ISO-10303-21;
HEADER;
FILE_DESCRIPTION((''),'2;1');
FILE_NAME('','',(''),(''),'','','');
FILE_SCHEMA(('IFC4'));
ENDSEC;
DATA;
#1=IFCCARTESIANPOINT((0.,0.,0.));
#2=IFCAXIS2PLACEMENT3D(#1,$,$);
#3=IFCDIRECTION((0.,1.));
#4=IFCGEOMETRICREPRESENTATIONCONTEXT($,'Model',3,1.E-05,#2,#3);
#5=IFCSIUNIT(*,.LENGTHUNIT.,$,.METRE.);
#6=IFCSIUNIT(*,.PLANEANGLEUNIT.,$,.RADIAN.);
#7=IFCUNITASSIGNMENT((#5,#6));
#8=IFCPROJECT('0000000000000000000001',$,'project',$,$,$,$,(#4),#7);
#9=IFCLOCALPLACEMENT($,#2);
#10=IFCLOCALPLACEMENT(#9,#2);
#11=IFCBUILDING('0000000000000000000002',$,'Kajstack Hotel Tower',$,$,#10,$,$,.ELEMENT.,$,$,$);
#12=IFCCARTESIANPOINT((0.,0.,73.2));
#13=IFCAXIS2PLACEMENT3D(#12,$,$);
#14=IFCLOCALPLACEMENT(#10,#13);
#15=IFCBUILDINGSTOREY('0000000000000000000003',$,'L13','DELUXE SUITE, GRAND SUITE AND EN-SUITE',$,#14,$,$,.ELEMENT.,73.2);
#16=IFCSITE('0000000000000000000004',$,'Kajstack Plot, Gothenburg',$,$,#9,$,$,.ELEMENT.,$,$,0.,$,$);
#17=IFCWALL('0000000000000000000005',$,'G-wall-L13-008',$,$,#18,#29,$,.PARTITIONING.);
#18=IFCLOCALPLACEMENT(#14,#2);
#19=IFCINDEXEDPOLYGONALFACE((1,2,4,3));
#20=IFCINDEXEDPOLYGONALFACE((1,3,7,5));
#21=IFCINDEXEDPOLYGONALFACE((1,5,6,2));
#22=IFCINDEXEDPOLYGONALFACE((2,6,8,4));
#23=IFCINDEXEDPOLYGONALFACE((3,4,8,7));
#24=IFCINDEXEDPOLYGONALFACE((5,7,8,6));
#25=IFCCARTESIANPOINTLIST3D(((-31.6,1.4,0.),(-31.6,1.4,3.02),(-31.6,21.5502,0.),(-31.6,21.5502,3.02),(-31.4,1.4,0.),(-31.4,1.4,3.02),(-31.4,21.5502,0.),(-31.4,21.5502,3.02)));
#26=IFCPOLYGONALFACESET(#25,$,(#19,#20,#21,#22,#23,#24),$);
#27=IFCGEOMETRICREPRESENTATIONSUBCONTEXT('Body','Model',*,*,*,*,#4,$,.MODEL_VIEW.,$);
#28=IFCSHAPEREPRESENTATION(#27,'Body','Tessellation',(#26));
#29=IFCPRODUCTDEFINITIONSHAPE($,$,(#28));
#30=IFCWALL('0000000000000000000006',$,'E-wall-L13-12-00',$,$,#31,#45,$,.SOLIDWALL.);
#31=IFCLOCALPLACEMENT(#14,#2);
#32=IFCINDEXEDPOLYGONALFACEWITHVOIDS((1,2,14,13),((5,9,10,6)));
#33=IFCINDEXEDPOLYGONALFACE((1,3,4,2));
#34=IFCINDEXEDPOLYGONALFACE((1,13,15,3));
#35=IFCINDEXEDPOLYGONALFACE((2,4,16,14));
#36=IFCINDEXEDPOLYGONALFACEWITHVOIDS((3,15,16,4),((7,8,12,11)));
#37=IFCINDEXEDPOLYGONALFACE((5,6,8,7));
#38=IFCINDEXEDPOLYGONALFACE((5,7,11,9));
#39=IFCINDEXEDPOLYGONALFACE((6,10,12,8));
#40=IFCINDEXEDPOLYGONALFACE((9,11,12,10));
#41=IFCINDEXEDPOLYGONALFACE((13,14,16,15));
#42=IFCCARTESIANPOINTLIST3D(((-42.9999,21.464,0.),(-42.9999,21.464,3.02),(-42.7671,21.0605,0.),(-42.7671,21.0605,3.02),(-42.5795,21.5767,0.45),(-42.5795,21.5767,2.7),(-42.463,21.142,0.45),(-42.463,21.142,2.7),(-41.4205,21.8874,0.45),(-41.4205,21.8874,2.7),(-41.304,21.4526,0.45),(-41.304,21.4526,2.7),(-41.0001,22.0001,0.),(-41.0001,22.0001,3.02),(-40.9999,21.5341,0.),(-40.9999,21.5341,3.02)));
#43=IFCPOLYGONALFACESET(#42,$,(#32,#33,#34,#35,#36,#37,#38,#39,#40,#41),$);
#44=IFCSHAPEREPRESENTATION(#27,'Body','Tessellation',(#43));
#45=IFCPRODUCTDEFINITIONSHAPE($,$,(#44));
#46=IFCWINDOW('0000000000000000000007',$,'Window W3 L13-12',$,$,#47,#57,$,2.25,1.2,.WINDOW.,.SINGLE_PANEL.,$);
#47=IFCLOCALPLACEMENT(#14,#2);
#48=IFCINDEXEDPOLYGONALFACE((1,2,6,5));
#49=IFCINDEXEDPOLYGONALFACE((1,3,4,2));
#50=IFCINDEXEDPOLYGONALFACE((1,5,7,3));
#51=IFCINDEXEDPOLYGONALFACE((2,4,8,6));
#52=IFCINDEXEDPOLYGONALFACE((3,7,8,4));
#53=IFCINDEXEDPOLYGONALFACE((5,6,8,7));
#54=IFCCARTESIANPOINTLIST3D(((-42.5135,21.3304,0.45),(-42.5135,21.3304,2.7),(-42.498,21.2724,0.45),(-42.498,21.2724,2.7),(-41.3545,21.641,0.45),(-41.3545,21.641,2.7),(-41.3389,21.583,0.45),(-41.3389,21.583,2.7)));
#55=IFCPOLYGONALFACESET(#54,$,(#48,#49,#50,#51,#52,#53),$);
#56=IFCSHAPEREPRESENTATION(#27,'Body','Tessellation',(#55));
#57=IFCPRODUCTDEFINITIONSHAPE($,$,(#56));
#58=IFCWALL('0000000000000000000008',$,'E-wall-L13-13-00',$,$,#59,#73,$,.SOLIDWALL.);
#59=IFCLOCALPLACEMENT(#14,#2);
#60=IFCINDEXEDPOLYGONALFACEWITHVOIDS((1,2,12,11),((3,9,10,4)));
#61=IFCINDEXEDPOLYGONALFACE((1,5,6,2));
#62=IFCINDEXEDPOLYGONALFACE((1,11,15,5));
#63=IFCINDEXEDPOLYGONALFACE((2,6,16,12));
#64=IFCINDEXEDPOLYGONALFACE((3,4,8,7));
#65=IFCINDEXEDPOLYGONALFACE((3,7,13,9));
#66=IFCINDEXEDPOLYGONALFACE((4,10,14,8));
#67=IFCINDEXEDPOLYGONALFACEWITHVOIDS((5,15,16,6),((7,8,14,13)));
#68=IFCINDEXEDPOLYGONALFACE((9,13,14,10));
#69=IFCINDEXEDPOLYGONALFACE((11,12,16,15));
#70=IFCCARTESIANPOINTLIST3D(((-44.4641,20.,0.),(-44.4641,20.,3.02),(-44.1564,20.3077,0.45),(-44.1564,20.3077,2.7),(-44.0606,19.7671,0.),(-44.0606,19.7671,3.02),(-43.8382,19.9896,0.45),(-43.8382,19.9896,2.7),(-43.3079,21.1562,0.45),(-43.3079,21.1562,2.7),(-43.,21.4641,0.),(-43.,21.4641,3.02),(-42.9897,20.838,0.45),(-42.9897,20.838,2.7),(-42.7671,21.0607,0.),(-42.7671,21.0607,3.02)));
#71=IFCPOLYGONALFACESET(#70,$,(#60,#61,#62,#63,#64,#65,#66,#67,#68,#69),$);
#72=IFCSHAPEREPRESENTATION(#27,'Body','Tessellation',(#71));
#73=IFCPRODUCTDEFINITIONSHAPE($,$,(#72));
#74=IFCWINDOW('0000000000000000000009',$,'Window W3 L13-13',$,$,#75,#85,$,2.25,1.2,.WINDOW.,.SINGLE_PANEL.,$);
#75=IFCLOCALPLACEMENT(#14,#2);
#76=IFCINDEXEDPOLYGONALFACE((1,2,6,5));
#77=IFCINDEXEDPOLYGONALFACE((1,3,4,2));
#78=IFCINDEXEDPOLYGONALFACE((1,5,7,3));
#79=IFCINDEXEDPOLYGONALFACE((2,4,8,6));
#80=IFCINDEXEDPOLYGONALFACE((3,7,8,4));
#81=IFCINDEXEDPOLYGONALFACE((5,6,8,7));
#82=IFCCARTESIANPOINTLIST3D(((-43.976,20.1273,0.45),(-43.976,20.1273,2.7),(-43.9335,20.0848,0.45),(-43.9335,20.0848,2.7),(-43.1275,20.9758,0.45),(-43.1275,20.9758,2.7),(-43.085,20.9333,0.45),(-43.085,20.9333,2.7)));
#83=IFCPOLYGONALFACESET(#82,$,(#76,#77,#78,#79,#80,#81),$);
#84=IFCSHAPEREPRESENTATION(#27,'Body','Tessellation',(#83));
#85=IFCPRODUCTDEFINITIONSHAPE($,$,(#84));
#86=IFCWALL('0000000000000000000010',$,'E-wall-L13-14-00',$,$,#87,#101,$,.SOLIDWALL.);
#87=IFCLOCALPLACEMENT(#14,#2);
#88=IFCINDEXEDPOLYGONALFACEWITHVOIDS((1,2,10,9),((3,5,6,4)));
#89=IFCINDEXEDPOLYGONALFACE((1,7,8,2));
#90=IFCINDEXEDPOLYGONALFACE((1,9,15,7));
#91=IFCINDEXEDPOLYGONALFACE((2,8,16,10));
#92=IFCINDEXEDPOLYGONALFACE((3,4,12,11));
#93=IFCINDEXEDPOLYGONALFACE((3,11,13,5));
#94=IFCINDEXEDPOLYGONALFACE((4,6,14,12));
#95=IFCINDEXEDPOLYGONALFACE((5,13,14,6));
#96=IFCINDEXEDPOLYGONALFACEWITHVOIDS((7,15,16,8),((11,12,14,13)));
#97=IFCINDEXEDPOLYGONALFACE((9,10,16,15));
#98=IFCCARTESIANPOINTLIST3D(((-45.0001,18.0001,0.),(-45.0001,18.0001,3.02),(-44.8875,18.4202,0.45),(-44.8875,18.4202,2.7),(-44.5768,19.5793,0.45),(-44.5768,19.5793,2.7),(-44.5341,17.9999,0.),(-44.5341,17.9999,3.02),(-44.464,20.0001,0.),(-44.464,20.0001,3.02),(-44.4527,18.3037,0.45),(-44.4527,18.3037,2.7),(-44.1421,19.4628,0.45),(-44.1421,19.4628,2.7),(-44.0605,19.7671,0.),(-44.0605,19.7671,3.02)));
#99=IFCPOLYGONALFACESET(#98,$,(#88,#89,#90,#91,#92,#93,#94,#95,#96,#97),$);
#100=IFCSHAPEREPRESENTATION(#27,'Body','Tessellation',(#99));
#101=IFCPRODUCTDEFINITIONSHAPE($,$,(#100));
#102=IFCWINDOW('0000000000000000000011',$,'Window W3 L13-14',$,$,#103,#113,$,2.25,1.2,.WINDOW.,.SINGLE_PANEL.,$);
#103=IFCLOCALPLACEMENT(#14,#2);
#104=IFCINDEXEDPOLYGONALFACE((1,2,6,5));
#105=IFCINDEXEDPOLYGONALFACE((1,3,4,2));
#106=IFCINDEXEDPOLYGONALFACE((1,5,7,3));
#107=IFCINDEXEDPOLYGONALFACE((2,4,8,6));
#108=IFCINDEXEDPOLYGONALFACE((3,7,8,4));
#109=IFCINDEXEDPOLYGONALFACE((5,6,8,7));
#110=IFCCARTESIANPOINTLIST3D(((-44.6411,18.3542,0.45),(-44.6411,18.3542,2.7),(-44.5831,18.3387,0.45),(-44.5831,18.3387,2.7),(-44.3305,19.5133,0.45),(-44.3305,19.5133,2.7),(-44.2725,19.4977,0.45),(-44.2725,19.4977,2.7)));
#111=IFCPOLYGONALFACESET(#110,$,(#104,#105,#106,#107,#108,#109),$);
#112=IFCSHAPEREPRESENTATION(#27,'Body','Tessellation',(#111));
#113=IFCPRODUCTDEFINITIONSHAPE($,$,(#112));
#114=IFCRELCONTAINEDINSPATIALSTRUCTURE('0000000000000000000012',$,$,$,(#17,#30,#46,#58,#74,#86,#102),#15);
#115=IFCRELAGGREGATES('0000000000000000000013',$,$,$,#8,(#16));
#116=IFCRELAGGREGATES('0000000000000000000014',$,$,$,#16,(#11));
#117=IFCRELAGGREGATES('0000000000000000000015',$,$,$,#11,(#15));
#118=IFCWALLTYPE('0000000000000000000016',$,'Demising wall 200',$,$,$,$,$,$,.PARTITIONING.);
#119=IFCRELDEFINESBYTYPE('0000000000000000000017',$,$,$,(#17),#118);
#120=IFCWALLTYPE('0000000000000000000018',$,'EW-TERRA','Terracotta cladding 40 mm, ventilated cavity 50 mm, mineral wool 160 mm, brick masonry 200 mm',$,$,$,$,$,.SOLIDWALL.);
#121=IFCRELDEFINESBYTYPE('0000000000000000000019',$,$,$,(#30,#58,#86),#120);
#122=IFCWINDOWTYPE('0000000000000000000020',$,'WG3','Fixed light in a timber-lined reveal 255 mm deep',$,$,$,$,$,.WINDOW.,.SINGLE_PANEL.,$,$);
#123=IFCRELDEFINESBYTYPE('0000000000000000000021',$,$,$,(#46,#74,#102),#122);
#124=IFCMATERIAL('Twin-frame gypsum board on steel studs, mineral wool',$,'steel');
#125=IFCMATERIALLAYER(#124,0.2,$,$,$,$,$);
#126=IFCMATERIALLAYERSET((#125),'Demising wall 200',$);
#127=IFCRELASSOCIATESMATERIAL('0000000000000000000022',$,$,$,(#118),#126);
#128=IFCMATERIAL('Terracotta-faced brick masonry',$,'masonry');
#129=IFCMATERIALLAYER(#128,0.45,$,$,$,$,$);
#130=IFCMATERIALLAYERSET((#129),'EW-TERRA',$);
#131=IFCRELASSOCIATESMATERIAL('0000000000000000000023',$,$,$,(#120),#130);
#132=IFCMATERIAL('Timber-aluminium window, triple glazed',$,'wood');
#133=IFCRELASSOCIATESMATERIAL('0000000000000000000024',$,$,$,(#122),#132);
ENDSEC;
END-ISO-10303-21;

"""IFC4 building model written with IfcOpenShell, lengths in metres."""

from ifc_helpers import new_model, si_unit, direction, frame, frame_2d, origin, place, context, subcontext, project, spatial, polyline, rectangle, outline, extrude, material, layer, layer_set, type_object, element, fill, save


model = new_model("IFC4")

# Units and contexts
model_context = context("Model", 3, precision=1e-05, world=origin(), true_north=direction((0.0, 1.0)))
body_context = subcontext(model_context, "Body", "Model", "MODEL_VIEW")
ifc_project = project(units=[si_unit("LENGTHUNIT", "METRE"), si_unit("PLANEANGLEUNIT", "RADIAN")], contexts=[model_context])

# Site, building, storey
site_placement = place(None, origin())
site = spatial("IfcSite", under=ifc_project, at=site_placement, Name="Kajstack Plot, Gothenburg", CompositionType="ELEMENT", RefElevation=0.0)
building_placement = place(site_placement, origin())
building = spatial("IfcBuilding", under=site, at=building_placement, Name="Kajstack Hotel Tower", CompositionType="ELEMENT")
storey_placement = place(building_placement, frame((0.0, 0.0, 73.2)))
storey = spatial("IfcBuildingStorey", under=building, at=storey_placement, Name="L13", Description="DELUXE SUITE, GRAND SUITE AND EN-SUITE", CompositionType="ELEMENT", Elevation=73.2)

# Wall
ifc_material_1 = material(Name="Twin-frame gypsum board on steel studs, mineral wool", Category="steel")
ifc_layer_1 = layer(ifc_material_1, 0.2)
ifc_layer_set_1 = layer_set([ifc_layer_1], Name="Demising wall 200")
wall_type_1 = type_object("IfcWallType", Name="Demising wall 200", PredefinedType="PARTITIONING", material=ifc_layer_set_1)
wall_1_placement = place(storey_placement, frame((-31.5, 1.3999, 0.0), z_axis=(0.0, 0.0, 1.0), x_axis=(0.0, 1.0, 0.0)))
element("IfcWall", 1, at=wall_1_placement, inside=storey, type_object=wall_type_1, Name="G-wall-L13-008", PredefinedType="PARTITIONING", context=body_context, shape_type="SweptSolid", body=[
    extrude(rectangle(XDim=20.1501, YDim=0.2, at=frame_2d((10.0752, 0.0))), origin(), (0.0, 0.0, 1.0), 3.02),
])

# Walls, openings, windows
ifc_material_2 = material(Name="Terracotta-faced brick masonry", Category="masonry")
ifc_layer_2 = layer(ifc_material_2, 0.45)
ifc_layer_set_2 = layer_set([ifc_layer_2], Name="EW-TERRA")
wall_type_2 = type_object("IfcWallType", Name="EW-TERRA", Description="Terracotta cladding 40 mm, ventilated cavity 50 mm, mineral wool 160 mm, brick masonry 200 mm", PredefinedType="SOLIDWALL", material=ifc_layer_set_2)
wall_2_placement = place(storey_placement, frame((-40.9417, 21.7827, 0.0), z_axis=(0.0, 0.0, 1.0), x_axis=(-0.965927, -0.258815, 0.0)))
wall_2 = element("IfcWall", 2, at=wall_2_placement, inside=storey, type_object=wall_type_2, Name="E-wall-L13-12-00", PredefinedType="SOLIDWALL", context=body_context, shape_type="SweptSolid", body=[
    extrude(outline(polyline([(0.0002, -0.2251), (2.0706, -0.2249), (1.9502, 0.2251), (0.1206, 0.2251), (0.0002, -0.2251)])), origin(), (0.0, 0.0, 1.0), 3.02),
])
opening_1_placement = place(wall_2_placement, frame((0.4353, 0.0, 0.45)))
opening_1 = element("IfcOpeningElement", 3, at=opening_1_placement, cuts=wall_2, PredefinedType="OPENING", context=body_context, shape_type="SweptSolid", body=[
    extrude(rectangle(XDim=1.2, YDim=2.25, at=frame_2d((0.6001, 1.125))), frame((0.0, 0.2349, 0.0), z_axis=(0.0, -1.0, 0.0), x_axis=(1.0, 0.0, 0.0)), (0.0, 0.0, 1.0), 0.47),
])
ifc_material_3 = material(Name="Timber-aluminium window, triple glazed", Category="wood")
window_type_1 = type_object("IfcWindowType", Name="WG3", Description="Fixed light in a timber-lined reveal 255 mm deep", PartitioningType="SINGLE_PANEL", PredefinedType="WINDOW", material=ifc_material_3)
window_1_placement = place(opening_1_placement, origin())
window_1 = element("IfcWindow", 4, at=window_1_placement, inside=storey, type_object=window_type_1, Name="Window W3 L13-12", OverallHeight=2.25, OverallWidth=1.2, PartitioningType="SINGLE_PANEL", PredefinedType="WINDOW", context=body_context, shape_type="SweptSolid", body=[
    extrude(rectangle(XDim=1.2, YDim=2.25, at=frame_2d((0.6001, 1.125))), frame((0.0, 0.0901, 0.0), z_axis=(0.0, -1.0, 0.0), x_axis=(1.0, 0.0, 0.0)), (0.0, 0.0, 1.0), 0.0601),
])
fill(opening_1, window_1)
wall_3_placement = place(storey_placement, frame((-42.8408, 21.3049, 0.0), z_axis=(0.0, 0.0, 1.0), x_axis=(-0.707107, -0.707107, 0.0)))
wall_3 = element("IfcWall", 5, at=wall_3_placement, inside=storey, type_object=wall_type_2, Name="E-wall-L13-13-00", PredefinedType="SOLIDWALL", context=body_context, shape_type="SweptSolid", body=[
    extrude(outline(polyline([(0.0, -0.2251), (2.0706, -0.2251), (1.95, 0.2249), (0.1206, 0.2249), (0.0, -0.2251)])), origin(), (0.0, 0.0, 1.0), 3.02),
])
opening_2_placement = place(wall_3_placement, frame((0.4353, 0.0, 0.45)))
opening_2 = element("IfcOpeningElement", 6, at=opening_2_placement, cuts=wall_3, PredefinedType="OPENING", context=body_context, shape_type="SweptSolid", body=[
    extrude(rectangle(XDim=1.2, YDim=2.25, at=frame_2d((0.6001, 1.125))), frame((0.0, 0.2349, 0.0), z_axis=(0.0, -1.0, 0.0), x_axis=(1.0, 0.0, 0.0)), (0.0, 0.0, 1.0), 0.47),
])
window_2_placement = place(opening_2_placement, origin())
window_2 = element("IfcWindow", 7, at=window_2_placement, inside=storey, type_object=window_type_1, Name="Window W3 L13-13", OverallHeight=2.25, OverallWidth=1.2, PartitioningType="SINGLE_PANEL", PredefinedType="WINDOW", context=body_context, shape_type="SweptSolid", body=[
    extrude(rectangle(XDim=1.2, YDim=2.25, at=frame_2d((0.6001, 1.125))), frame((0.0, 0.0901, 0.0), z_axis=(0.0, -1.0, 0.0), x_axis=(1.0, 0.0, 0.0)), (0.0, 0.0, 1.0), 0.0601),
])
fill(opening_2, window_2)
wall_4_placement = place(storey_placement, frame((-44.2468, 19.9417, 0.0), z_axis=(0.0, 0.0, 1.0), x_axis=(-0.258815, -0.965927, 0.0)))
wall_4 = element("IfcWall", 8, at=wall_4_placement, inside=storey, type_object=wall_type_2, Name="E-wall-L13-14-00", PredefinedType="SOLIDWALL", context=body_context, shape_type="SweptSolid", body=[
    extrude(outline(polyline([(-0.0002, -0.2249), (2.0703, -0.2251), (1.95, 0.2251), (0.1204, 0.2251), (-0.0002, -0.2249)])), origin(), (0.0, 0.0, 1.0), 3.02),
])
opening_3_placement = place(wall_4_placement, frame((0.4353, 0.0, 0.45)))
opening_3 = element("IfcOpeningElement", 9, at=opening_3_placement, cuts=wall_4, PredefinedType="OPENING", context=body_context, shape_type="SweptSolid", body=[
    extrude(rectangle(XDim=1.2, YDim=2.25, at=frame_2d((0.6001, 1.125))), frame((0.0, 0.2349, 0.0), z_axis=(0.0, -1.0, 0.0), x_axis=(1.0, 0.0, 0.0)), (0.0, 0.0, 1.0), 0.47),
])
window_3_placement = place(opening_3_placement, origin())
window_3 = element("IfcWindow", 10, at=window_3_placement, inside=storey, type_object=window_type_1, Name="Window W3 L13-14", OverallHeight=2.25, OverallWidth=1.2, PartitioningType="SINGLE_PANEL", PredefinedType="WINDOW", context=body_context, shape_type="SweptSolid", body=[
    extrude(rectangle(XDim=1.2, YDim=2.25, at=frame_2d((0.6001, 1.125))), frame((0.0, 0.0901, 0.0), z_axis=(0.0, -1.0, 0.0), x_axis=(1.0, 0.0, 0.0)), (0.0, 0.0, 1.0), 0.0601),
])
fill(opening_3, window_3)

save(model, "model.ifc")
